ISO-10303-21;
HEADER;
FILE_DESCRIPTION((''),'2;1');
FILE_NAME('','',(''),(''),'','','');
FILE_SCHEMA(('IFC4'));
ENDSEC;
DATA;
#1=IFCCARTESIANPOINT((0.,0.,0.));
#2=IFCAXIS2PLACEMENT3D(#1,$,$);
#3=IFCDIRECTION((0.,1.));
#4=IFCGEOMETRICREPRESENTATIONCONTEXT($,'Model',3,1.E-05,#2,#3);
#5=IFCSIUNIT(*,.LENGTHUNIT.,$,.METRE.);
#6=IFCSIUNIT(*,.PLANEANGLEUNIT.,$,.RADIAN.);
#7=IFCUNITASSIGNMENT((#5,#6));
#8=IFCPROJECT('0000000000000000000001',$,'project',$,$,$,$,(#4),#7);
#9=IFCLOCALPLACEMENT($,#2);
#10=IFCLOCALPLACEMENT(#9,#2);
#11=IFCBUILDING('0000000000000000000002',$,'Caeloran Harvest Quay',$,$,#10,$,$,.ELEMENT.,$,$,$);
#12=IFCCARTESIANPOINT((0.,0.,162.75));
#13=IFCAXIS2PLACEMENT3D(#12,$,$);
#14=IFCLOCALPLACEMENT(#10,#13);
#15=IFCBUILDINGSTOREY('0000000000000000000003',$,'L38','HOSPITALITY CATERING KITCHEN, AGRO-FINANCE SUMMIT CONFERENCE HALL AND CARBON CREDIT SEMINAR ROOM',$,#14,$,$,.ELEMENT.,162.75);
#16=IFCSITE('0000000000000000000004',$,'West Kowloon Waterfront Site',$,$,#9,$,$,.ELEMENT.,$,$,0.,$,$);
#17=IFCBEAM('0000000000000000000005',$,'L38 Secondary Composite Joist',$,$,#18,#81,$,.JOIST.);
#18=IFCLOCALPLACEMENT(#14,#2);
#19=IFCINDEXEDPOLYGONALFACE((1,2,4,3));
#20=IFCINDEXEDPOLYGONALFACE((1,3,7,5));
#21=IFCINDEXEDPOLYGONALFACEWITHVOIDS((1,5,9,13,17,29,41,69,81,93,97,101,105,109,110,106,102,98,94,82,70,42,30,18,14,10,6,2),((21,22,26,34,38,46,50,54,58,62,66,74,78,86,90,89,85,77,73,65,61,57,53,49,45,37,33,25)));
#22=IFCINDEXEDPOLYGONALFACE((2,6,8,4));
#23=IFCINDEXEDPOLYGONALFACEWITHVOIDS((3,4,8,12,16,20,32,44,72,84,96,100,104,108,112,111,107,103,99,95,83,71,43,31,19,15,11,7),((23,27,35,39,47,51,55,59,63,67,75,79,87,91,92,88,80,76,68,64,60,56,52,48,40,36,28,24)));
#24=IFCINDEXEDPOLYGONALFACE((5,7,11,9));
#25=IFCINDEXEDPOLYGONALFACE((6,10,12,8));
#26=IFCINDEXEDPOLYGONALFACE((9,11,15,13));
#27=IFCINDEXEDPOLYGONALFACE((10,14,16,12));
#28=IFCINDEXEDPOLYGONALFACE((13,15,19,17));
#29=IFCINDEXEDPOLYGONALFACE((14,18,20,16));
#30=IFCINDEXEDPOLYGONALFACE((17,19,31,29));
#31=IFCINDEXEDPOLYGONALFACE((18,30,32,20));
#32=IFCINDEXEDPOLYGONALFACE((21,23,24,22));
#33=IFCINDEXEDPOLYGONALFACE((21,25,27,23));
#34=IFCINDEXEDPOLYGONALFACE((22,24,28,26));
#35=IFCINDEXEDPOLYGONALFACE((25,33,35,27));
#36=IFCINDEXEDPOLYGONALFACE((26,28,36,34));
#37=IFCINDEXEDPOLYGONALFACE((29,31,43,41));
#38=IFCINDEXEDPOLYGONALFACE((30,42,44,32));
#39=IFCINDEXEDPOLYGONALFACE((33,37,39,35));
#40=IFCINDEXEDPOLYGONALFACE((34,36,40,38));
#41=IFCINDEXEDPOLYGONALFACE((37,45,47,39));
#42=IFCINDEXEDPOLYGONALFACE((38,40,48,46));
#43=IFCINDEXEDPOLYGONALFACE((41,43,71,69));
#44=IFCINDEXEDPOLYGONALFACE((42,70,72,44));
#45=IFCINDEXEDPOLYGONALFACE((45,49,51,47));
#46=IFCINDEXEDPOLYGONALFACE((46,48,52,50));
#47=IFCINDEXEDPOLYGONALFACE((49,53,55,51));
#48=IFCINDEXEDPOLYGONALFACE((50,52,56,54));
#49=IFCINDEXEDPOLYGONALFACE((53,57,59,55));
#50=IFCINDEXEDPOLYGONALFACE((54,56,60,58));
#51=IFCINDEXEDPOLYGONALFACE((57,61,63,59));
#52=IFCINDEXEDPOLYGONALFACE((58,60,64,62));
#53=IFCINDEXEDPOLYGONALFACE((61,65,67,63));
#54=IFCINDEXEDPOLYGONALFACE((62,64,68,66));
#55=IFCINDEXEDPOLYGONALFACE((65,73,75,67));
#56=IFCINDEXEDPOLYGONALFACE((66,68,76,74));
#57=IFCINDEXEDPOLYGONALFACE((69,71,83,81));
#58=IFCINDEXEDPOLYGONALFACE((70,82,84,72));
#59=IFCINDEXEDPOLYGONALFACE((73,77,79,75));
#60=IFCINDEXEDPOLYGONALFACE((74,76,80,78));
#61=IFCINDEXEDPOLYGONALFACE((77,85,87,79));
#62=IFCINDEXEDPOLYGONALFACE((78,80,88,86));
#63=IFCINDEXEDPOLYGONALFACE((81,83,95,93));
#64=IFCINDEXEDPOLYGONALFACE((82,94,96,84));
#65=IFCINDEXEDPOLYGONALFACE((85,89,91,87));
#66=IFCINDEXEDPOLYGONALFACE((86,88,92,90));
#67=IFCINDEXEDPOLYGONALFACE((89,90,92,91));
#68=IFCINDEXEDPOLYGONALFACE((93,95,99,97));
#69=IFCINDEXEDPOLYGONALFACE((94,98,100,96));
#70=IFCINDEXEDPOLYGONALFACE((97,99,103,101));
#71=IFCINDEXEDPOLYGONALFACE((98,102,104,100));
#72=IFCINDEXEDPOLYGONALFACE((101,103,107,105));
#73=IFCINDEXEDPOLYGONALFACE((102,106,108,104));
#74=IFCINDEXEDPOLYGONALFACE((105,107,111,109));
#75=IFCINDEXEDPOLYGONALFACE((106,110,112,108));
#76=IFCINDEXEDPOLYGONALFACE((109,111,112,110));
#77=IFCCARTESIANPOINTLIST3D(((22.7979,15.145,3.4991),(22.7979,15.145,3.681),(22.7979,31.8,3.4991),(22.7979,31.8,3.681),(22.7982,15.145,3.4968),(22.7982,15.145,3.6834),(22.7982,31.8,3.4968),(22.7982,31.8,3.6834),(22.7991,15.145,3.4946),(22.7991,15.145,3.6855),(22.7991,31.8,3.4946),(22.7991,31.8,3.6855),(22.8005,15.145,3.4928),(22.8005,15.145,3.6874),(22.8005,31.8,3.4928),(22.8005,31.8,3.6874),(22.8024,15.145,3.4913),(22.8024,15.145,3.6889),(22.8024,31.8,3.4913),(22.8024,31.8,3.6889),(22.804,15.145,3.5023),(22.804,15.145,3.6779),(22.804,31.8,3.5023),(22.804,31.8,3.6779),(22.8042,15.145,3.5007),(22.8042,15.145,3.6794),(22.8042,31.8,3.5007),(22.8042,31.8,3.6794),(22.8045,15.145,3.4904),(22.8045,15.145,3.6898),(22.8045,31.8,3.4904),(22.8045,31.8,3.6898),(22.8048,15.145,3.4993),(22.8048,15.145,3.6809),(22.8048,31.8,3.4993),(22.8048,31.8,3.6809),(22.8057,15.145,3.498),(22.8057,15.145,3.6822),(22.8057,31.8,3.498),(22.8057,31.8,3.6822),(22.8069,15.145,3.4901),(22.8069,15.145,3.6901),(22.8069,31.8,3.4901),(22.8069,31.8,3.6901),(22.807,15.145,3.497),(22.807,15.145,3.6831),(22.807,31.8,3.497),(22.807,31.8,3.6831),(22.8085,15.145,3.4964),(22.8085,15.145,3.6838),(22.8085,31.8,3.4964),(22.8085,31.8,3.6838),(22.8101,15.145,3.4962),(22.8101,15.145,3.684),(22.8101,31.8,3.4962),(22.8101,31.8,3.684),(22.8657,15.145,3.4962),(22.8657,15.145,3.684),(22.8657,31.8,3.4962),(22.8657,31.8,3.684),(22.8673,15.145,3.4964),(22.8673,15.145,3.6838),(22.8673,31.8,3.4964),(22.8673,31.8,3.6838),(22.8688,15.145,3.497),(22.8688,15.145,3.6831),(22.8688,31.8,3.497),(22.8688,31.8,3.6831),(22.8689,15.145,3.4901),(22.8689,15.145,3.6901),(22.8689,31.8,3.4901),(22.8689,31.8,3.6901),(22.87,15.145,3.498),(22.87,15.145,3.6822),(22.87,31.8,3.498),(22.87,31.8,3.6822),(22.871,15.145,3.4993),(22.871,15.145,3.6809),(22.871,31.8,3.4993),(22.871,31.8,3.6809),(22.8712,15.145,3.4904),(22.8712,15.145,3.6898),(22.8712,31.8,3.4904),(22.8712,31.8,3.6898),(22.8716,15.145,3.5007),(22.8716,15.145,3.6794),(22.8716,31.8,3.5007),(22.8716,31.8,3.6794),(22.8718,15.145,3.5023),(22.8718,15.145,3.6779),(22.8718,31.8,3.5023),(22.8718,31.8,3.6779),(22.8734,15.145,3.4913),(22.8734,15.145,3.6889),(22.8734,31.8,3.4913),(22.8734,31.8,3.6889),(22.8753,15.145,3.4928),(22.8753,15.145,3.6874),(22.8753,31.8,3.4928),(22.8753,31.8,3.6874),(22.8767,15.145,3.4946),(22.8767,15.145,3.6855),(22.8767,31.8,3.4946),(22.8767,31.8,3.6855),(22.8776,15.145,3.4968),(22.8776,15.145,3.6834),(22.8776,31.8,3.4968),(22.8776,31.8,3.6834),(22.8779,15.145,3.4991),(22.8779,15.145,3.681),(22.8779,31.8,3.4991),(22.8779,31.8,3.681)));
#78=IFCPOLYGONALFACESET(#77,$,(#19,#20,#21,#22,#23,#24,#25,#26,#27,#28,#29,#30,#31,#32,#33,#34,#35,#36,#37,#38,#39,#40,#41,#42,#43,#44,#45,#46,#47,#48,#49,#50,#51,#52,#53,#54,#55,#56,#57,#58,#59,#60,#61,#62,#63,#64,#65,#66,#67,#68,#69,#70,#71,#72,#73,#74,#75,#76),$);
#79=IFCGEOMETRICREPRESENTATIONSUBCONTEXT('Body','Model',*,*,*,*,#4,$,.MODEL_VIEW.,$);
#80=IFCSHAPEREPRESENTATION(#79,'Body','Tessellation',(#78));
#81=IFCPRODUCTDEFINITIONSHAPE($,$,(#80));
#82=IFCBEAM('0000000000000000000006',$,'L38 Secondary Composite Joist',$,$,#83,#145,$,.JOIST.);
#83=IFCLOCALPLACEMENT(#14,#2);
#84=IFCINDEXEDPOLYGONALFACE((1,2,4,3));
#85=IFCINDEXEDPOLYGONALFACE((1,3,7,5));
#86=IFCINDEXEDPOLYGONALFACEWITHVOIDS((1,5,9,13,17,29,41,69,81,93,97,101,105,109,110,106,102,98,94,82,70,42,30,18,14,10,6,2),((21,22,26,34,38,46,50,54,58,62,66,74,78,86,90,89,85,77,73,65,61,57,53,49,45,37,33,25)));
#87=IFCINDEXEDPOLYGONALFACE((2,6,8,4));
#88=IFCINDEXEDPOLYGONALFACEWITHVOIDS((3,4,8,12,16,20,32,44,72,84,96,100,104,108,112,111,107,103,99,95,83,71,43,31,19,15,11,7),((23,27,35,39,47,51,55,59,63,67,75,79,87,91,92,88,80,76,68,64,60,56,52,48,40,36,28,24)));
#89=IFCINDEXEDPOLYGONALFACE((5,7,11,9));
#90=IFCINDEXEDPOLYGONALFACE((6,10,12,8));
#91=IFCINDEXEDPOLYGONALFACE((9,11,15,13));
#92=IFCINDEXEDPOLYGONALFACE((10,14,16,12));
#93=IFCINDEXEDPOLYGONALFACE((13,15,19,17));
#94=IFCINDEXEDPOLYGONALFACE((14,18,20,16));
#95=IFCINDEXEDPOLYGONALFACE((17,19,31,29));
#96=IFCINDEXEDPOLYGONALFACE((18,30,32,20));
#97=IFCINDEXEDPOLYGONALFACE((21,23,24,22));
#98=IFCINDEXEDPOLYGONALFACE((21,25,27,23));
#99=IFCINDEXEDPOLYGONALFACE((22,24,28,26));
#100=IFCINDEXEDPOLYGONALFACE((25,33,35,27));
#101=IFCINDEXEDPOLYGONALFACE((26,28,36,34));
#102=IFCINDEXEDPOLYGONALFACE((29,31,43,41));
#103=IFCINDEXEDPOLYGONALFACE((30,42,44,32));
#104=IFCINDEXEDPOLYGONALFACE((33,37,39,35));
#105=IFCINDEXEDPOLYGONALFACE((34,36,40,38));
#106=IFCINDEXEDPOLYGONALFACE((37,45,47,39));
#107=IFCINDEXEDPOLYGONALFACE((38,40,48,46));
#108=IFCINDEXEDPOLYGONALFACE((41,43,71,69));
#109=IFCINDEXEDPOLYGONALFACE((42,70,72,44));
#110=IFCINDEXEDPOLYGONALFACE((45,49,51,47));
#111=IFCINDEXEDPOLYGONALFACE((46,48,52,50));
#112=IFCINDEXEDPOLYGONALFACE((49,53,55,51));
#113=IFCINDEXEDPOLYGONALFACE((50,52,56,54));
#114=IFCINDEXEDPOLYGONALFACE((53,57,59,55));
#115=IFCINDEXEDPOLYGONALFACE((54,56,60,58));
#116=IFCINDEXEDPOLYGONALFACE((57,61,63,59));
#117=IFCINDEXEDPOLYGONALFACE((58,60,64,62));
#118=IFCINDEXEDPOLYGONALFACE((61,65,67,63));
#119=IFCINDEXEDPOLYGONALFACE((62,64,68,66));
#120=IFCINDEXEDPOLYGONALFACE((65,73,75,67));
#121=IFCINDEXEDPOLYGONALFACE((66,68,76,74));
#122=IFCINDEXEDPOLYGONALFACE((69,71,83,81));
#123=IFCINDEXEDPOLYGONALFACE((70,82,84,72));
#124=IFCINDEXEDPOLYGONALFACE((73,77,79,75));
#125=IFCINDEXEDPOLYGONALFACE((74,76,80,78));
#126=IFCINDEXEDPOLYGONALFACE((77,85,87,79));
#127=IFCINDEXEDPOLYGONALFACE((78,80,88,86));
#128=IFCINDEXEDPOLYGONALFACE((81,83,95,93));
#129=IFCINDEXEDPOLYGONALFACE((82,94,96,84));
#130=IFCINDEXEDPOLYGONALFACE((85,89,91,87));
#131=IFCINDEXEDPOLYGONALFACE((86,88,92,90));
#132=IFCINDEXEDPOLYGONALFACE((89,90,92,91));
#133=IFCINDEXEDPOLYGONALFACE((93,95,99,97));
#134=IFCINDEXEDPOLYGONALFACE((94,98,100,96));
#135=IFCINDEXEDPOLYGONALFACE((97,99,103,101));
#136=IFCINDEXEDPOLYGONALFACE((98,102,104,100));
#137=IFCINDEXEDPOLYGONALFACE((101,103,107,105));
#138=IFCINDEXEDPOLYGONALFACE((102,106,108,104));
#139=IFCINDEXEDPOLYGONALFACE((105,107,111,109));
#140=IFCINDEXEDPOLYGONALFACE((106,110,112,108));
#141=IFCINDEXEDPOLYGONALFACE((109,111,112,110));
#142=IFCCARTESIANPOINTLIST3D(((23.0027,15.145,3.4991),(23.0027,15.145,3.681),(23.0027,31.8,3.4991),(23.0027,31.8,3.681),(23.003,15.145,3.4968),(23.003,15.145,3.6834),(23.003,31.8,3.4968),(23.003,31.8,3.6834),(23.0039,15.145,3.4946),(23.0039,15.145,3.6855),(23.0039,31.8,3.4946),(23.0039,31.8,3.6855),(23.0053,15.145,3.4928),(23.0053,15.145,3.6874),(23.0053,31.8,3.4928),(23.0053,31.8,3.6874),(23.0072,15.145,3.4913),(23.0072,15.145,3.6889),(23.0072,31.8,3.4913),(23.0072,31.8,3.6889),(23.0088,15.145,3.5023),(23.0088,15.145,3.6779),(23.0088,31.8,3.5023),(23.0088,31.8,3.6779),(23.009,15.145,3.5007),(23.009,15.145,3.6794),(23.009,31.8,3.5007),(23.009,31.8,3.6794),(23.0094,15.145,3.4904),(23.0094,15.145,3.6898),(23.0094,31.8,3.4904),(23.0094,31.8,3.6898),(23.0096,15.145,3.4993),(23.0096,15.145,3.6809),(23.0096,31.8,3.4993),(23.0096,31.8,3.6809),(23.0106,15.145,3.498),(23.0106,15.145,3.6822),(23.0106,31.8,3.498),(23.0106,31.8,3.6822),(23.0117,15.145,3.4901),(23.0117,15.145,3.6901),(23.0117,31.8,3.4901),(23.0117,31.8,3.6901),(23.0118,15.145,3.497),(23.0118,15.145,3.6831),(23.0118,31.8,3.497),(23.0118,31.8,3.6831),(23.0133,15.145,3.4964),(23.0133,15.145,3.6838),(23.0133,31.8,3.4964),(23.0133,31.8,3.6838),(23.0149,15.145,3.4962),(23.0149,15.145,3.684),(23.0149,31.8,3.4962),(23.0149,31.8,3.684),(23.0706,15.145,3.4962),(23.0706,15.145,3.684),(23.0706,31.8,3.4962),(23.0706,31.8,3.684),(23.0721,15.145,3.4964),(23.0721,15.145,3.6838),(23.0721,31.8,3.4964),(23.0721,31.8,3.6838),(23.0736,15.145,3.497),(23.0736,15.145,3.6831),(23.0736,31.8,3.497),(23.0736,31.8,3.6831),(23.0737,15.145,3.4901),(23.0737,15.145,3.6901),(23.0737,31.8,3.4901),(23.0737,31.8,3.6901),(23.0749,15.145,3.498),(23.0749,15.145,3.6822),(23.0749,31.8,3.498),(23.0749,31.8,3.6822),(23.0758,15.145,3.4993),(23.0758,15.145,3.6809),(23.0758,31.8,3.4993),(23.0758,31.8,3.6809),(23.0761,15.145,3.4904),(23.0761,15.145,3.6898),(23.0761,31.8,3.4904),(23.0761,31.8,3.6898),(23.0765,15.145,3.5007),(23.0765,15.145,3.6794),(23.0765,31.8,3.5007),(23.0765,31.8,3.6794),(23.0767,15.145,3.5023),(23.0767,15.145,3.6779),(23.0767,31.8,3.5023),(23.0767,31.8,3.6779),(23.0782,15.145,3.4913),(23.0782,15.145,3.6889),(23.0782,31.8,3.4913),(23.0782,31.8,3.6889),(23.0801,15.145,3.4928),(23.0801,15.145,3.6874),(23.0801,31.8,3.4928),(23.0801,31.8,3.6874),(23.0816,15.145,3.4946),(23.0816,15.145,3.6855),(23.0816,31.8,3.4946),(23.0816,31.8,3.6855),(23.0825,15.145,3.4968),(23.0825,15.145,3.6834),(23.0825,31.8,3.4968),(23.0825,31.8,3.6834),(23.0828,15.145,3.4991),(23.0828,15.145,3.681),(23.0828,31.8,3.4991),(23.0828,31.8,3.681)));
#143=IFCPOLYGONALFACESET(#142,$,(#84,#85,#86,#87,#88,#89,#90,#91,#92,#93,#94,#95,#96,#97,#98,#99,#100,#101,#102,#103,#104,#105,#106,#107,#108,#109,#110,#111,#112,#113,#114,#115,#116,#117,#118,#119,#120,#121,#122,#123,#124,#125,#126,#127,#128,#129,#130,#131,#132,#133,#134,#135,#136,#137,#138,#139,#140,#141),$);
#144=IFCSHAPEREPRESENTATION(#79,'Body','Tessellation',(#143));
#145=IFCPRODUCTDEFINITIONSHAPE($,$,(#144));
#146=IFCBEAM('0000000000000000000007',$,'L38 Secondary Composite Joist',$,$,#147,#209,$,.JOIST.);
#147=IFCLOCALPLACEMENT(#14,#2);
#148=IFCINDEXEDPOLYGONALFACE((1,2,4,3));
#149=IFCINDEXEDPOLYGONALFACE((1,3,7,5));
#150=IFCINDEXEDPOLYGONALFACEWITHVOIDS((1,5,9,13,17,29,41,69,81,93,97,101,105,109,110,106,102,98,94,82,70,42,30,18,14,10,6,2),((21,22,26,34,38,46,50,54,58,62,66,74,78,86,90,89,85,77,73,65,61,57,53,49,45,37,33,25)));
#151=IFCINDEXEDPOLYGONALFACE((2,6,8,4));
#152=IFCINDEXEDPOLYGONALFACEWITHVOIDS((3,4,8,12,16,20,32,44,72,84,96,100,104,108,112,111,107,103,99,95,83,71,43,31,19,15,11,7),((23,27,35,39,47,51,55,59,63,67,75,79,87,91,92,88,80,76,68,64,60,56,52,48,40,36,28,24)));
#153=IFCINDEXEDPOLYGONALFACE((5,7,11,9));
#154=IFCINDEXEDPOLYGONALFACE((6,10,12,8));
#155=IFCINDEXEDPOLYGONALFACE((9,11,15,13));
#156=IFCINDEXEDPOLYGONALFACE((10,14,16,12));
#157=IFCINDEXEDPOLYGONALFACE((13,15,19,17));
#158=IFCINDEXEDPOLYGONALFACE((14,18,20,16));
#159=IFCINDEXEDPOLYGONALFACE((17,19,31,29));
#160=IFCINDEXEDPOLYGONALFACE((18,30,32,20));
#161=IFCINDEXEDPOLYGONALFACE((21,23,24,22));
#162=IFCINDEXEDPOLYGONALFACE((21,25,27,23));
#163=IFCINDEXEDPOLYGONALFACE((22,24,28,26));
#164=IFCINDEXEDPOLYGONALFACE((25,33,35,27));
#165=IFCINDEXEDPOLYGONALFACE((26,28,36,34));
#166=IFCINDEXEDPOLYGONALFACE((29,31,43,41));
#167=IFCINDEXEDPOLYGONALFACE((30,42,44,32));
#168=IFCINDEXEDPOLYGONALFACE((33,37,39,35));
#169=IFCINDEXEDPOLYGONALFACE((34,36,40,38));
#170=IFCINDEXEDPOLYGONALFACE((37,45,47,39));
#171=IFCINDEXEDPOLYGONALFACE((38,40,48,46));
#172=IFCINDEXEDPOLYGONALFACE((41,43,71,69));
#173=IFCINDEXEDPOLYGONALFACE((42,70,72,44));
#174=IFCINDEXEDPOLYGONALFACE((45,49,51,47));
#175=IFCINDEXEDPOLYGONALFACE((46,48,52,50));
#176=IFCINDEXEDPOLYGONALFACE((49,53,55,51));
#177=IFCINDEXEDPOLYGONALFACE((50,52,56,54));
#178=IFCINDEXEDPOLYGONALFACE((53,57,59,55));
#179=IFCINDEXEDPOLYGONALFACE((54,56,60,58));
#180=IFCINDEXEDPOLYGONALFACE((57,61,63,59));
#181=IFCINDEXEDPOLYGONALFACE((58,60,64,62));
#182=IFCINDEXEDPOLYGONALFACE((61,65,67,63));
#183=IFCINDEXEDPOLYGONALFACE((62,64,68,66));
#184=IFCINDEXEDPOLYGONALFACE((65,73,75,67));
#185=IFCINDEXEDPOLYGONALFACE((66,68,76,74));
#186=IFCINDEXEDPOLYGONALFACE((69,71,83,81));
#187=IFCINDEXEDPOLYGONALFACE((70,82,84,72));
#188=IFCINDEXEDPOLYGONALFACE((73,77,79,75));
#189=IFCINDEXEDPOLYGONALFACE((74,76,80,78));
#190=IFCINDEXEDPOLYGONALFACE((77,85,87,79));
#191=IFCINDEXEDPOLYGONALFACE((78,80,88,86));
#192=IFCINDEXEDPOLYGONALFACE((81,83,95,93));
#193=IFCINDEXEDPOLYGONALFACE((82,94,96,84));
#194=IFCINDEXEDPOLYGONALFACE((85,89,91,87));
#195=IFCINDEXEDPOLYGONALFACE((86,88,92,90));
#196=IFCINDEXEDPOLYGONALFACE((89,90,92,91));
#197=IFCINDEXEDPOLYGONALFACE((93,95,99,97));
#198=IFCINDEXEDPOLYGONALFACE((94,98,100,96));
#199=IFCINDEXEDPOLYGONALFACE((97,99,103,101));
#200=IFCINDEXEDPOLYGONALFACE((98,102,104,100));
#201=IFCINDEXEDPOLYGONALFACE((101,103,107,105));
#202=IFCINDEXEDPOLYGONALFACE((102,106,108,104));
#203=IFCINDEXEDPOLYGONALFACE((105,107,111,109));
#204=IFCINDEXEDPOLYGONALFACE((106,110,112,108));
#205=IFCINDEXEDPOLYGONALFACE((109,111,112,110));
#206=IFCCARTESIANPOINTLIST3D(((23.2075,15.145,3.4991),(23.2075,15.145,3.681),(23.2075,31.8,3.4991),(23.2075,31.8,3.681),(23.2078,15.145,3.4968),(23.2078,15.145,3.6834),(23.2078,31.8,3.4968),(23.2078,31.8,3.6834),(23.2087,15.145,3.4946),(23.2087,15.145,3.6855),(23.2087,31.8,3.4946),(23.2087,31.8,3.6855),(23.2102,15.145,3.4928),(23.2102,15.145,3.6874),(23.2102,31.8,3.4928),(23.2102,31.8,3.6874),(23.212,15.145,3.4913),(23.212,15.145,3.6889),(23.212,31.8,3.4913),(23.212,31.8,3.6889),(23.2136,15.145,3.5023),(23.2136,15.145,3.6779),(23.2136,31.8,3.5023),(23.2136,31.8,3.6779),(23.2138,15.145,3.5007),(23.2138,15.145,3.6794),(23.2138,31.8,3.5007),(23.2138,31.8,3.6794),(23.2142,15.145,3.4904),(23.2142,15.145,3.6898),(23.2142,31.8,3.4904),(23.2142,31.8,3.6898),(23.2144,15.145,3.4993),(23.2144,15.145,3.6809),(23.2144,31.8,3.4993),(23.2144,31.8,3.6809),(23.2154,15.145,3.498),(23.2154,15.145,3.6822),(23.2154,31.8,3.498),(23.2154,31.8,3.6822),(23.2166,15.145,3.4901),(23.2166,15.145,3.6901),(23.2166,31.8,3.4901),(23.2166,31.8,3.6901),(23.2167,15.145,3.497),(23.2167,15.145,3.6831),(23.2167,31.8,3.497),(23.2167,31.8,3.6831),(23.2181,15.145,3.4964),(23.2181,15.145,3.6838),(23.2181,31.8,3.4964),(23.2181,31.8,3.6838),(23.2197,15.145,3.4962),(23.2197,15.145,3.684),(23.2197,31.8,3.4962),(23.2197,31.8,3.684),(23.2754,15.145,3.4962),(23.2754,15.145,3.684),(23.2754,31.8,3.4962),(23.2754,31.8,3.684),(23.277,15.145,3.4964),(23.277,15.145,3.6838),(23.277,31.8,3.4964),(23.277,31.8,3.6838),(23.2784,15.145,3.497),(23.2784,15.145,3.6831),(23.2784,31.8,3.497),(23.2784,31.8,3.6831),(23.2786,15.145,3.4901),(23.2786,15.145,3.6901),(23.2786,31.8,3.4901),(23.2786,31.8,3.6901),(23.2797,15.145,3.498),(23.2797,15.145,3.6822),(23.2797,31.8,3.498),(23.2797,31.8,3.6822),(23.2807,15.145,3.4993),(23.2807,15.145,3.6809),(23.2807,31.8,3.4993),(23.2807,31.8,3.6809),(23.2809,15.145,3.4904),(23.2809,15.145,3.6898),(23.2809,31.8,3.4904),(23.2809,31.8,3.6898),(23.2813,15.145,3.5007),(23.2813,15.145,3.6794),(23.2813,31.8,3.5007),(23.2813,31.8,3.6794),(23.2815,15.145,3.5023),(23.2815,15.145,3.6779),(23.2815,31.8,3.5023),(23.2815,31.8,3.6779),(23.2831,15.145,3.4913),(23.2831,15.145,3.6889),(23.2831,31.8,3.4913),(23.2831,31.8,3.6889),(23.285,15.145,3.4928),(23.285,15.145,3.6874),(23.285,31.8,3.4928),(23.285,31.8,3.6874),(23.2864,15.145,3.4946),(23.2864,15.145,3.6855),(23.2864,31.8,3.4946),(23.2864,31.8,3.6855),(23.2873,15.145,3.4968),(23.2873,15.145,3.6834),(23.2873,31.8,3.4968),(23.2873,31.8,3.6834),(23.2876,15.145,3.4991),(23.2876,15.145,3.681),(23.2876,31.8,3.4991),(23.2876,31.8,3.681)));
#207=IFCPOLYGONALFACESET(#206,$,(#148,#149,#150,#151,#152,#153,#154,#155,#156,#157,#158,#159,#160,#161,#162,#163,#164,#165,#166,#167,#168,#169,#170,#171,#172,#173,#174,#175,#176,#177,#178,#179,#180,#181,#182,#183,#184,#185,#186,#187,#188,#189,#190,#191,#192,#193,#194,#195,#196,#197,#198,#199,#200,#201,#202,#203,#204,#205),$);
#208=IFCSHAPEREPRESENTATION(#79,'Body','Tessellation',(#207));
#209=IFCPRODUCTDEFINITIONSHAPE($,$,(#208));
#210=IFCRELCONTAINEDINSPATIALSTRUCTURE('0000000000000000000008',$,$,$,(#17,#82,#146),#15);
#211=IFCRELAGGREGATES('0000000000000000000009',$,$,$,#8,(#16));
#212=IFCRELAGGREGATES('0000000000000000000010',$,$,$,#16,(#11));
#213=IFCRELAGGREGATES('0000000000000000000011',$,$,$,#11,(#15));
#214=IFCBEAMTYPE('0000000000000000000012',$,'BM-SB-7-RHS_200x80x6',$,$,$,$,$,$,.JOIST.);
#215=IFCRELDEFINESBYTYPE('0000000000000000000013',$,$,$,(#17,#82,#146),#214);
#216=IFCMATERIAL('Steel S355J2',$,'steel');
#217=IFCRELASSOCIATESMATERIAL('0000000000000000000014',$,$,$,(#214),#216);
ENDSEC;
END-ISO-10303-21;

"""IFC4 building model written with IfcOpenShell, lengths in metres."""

from ifc_helpers import new_model, si_unit, direction, frame, origin, origin_2d, place, context, subcontext, project, spatial, hollow_rectangle, extrude, material, material_profile, profile_set, type_object, element, save


model = new_model("IFC4")

# Units and contexts
model_context = context("Model", 3, precision=1e-05, world=origin(), true_north=direction((0.0, 1.0)))
body_context = subcontext(model_context, "Body", "Model", "MODEL_VIEW")
ifc_project = project(units=[si_unit("LENGTHUNIT", "METRE"), si_unit("PLANEANGLEUNIT", "RADIAN")], contexts=[model_context])

# Site, building, storey
site_placement = place(None, origin())
site = spatial("IfcSite", under=ifc_project, at=site_placement, Name="West Kowloon Waterfront Site", CompositionType="ELEMENT", RefElevation=0.0)
building_placement = place(site_placement, origin())
building = spatial("IfcBuilding", under=site, at=building_placement, Name="Caeloran Harvest Quay", CompositionType="ELEMENT")
storey_placement = place(building_placement, frame((0.0, 0.0, 162.75)))
storey = spatial("IfcBuildingStorey", under=building, at=storey_placement, Name="L38", Description="HOSPITALITY CATERING KITCHEN, AGRO-FINANCE SUMMIT CONFERENCE HALL AND CARBON CREDIT SEMINAR ROOM", CompositionType="ELEMENT", Elevation=162.75)

# Beams
ifc_material_1 = material(Name="Steel S355J2", Category="steel")
ifc_material_profile_1 = material_profile(ifc_material_1, hollow_rectangle(XDim=0.0801, YDim=0.2, WallThickness=0.0061, InnerFilletRadius=0.0061, OuterFilletRadius=0.009, at=origin_2d()), Name="RHS 200x80x6")
ifc_profile_set_1 = profile_set([ifc_material_profile_1], Name="Steel S355J2")
beam_type_1 = type_object("IfcBeamType", Name="BM-SB-7-RHS_200x80x6", PredefinedType="JOIST", material=ifc_profile_set_1)
for number, where, z_axis, x_axis, name in (
    (1, (22.8379, 15.145, 3.5901), (0.0, 1.0, 0.0), (-1.0, 0.0, 0.0), "L38 Secondary Composite Joist"),
    (2, (23.0427, 15.145, 3.5901), (0.0, 1.0, 0.0), (-1.0, 0.0, 0.0), "L38 Secondary Composite Joist"),
    (3, (23.2476, 15.145, 3.5901), (0.0, 1.0, 0.0), (-1.0, 0.0, 0.0), "L38 Secondary Composite Joist"),
):
    element("IfcBeam", number, at=place(storey_placement, frame(where, z_axis=z_axis, x_axis=x_axis)), inside=storey, type_object=beam_type_1, Name=name, PredefinedType="JOIST", context=body_context, shape_type="SweptSolid", body=[
        extrude(hollow_rectangle(XDim=0.0801, YDim=0.2, WallThickness=0.0061, InnerFilletRadius=0.0061, OuterFilletRadius=0.009, at=origin_2d()), origin(), (0.0, 0.0, 1.0), 16.655),
    ])

save(model, "model.ifc")
